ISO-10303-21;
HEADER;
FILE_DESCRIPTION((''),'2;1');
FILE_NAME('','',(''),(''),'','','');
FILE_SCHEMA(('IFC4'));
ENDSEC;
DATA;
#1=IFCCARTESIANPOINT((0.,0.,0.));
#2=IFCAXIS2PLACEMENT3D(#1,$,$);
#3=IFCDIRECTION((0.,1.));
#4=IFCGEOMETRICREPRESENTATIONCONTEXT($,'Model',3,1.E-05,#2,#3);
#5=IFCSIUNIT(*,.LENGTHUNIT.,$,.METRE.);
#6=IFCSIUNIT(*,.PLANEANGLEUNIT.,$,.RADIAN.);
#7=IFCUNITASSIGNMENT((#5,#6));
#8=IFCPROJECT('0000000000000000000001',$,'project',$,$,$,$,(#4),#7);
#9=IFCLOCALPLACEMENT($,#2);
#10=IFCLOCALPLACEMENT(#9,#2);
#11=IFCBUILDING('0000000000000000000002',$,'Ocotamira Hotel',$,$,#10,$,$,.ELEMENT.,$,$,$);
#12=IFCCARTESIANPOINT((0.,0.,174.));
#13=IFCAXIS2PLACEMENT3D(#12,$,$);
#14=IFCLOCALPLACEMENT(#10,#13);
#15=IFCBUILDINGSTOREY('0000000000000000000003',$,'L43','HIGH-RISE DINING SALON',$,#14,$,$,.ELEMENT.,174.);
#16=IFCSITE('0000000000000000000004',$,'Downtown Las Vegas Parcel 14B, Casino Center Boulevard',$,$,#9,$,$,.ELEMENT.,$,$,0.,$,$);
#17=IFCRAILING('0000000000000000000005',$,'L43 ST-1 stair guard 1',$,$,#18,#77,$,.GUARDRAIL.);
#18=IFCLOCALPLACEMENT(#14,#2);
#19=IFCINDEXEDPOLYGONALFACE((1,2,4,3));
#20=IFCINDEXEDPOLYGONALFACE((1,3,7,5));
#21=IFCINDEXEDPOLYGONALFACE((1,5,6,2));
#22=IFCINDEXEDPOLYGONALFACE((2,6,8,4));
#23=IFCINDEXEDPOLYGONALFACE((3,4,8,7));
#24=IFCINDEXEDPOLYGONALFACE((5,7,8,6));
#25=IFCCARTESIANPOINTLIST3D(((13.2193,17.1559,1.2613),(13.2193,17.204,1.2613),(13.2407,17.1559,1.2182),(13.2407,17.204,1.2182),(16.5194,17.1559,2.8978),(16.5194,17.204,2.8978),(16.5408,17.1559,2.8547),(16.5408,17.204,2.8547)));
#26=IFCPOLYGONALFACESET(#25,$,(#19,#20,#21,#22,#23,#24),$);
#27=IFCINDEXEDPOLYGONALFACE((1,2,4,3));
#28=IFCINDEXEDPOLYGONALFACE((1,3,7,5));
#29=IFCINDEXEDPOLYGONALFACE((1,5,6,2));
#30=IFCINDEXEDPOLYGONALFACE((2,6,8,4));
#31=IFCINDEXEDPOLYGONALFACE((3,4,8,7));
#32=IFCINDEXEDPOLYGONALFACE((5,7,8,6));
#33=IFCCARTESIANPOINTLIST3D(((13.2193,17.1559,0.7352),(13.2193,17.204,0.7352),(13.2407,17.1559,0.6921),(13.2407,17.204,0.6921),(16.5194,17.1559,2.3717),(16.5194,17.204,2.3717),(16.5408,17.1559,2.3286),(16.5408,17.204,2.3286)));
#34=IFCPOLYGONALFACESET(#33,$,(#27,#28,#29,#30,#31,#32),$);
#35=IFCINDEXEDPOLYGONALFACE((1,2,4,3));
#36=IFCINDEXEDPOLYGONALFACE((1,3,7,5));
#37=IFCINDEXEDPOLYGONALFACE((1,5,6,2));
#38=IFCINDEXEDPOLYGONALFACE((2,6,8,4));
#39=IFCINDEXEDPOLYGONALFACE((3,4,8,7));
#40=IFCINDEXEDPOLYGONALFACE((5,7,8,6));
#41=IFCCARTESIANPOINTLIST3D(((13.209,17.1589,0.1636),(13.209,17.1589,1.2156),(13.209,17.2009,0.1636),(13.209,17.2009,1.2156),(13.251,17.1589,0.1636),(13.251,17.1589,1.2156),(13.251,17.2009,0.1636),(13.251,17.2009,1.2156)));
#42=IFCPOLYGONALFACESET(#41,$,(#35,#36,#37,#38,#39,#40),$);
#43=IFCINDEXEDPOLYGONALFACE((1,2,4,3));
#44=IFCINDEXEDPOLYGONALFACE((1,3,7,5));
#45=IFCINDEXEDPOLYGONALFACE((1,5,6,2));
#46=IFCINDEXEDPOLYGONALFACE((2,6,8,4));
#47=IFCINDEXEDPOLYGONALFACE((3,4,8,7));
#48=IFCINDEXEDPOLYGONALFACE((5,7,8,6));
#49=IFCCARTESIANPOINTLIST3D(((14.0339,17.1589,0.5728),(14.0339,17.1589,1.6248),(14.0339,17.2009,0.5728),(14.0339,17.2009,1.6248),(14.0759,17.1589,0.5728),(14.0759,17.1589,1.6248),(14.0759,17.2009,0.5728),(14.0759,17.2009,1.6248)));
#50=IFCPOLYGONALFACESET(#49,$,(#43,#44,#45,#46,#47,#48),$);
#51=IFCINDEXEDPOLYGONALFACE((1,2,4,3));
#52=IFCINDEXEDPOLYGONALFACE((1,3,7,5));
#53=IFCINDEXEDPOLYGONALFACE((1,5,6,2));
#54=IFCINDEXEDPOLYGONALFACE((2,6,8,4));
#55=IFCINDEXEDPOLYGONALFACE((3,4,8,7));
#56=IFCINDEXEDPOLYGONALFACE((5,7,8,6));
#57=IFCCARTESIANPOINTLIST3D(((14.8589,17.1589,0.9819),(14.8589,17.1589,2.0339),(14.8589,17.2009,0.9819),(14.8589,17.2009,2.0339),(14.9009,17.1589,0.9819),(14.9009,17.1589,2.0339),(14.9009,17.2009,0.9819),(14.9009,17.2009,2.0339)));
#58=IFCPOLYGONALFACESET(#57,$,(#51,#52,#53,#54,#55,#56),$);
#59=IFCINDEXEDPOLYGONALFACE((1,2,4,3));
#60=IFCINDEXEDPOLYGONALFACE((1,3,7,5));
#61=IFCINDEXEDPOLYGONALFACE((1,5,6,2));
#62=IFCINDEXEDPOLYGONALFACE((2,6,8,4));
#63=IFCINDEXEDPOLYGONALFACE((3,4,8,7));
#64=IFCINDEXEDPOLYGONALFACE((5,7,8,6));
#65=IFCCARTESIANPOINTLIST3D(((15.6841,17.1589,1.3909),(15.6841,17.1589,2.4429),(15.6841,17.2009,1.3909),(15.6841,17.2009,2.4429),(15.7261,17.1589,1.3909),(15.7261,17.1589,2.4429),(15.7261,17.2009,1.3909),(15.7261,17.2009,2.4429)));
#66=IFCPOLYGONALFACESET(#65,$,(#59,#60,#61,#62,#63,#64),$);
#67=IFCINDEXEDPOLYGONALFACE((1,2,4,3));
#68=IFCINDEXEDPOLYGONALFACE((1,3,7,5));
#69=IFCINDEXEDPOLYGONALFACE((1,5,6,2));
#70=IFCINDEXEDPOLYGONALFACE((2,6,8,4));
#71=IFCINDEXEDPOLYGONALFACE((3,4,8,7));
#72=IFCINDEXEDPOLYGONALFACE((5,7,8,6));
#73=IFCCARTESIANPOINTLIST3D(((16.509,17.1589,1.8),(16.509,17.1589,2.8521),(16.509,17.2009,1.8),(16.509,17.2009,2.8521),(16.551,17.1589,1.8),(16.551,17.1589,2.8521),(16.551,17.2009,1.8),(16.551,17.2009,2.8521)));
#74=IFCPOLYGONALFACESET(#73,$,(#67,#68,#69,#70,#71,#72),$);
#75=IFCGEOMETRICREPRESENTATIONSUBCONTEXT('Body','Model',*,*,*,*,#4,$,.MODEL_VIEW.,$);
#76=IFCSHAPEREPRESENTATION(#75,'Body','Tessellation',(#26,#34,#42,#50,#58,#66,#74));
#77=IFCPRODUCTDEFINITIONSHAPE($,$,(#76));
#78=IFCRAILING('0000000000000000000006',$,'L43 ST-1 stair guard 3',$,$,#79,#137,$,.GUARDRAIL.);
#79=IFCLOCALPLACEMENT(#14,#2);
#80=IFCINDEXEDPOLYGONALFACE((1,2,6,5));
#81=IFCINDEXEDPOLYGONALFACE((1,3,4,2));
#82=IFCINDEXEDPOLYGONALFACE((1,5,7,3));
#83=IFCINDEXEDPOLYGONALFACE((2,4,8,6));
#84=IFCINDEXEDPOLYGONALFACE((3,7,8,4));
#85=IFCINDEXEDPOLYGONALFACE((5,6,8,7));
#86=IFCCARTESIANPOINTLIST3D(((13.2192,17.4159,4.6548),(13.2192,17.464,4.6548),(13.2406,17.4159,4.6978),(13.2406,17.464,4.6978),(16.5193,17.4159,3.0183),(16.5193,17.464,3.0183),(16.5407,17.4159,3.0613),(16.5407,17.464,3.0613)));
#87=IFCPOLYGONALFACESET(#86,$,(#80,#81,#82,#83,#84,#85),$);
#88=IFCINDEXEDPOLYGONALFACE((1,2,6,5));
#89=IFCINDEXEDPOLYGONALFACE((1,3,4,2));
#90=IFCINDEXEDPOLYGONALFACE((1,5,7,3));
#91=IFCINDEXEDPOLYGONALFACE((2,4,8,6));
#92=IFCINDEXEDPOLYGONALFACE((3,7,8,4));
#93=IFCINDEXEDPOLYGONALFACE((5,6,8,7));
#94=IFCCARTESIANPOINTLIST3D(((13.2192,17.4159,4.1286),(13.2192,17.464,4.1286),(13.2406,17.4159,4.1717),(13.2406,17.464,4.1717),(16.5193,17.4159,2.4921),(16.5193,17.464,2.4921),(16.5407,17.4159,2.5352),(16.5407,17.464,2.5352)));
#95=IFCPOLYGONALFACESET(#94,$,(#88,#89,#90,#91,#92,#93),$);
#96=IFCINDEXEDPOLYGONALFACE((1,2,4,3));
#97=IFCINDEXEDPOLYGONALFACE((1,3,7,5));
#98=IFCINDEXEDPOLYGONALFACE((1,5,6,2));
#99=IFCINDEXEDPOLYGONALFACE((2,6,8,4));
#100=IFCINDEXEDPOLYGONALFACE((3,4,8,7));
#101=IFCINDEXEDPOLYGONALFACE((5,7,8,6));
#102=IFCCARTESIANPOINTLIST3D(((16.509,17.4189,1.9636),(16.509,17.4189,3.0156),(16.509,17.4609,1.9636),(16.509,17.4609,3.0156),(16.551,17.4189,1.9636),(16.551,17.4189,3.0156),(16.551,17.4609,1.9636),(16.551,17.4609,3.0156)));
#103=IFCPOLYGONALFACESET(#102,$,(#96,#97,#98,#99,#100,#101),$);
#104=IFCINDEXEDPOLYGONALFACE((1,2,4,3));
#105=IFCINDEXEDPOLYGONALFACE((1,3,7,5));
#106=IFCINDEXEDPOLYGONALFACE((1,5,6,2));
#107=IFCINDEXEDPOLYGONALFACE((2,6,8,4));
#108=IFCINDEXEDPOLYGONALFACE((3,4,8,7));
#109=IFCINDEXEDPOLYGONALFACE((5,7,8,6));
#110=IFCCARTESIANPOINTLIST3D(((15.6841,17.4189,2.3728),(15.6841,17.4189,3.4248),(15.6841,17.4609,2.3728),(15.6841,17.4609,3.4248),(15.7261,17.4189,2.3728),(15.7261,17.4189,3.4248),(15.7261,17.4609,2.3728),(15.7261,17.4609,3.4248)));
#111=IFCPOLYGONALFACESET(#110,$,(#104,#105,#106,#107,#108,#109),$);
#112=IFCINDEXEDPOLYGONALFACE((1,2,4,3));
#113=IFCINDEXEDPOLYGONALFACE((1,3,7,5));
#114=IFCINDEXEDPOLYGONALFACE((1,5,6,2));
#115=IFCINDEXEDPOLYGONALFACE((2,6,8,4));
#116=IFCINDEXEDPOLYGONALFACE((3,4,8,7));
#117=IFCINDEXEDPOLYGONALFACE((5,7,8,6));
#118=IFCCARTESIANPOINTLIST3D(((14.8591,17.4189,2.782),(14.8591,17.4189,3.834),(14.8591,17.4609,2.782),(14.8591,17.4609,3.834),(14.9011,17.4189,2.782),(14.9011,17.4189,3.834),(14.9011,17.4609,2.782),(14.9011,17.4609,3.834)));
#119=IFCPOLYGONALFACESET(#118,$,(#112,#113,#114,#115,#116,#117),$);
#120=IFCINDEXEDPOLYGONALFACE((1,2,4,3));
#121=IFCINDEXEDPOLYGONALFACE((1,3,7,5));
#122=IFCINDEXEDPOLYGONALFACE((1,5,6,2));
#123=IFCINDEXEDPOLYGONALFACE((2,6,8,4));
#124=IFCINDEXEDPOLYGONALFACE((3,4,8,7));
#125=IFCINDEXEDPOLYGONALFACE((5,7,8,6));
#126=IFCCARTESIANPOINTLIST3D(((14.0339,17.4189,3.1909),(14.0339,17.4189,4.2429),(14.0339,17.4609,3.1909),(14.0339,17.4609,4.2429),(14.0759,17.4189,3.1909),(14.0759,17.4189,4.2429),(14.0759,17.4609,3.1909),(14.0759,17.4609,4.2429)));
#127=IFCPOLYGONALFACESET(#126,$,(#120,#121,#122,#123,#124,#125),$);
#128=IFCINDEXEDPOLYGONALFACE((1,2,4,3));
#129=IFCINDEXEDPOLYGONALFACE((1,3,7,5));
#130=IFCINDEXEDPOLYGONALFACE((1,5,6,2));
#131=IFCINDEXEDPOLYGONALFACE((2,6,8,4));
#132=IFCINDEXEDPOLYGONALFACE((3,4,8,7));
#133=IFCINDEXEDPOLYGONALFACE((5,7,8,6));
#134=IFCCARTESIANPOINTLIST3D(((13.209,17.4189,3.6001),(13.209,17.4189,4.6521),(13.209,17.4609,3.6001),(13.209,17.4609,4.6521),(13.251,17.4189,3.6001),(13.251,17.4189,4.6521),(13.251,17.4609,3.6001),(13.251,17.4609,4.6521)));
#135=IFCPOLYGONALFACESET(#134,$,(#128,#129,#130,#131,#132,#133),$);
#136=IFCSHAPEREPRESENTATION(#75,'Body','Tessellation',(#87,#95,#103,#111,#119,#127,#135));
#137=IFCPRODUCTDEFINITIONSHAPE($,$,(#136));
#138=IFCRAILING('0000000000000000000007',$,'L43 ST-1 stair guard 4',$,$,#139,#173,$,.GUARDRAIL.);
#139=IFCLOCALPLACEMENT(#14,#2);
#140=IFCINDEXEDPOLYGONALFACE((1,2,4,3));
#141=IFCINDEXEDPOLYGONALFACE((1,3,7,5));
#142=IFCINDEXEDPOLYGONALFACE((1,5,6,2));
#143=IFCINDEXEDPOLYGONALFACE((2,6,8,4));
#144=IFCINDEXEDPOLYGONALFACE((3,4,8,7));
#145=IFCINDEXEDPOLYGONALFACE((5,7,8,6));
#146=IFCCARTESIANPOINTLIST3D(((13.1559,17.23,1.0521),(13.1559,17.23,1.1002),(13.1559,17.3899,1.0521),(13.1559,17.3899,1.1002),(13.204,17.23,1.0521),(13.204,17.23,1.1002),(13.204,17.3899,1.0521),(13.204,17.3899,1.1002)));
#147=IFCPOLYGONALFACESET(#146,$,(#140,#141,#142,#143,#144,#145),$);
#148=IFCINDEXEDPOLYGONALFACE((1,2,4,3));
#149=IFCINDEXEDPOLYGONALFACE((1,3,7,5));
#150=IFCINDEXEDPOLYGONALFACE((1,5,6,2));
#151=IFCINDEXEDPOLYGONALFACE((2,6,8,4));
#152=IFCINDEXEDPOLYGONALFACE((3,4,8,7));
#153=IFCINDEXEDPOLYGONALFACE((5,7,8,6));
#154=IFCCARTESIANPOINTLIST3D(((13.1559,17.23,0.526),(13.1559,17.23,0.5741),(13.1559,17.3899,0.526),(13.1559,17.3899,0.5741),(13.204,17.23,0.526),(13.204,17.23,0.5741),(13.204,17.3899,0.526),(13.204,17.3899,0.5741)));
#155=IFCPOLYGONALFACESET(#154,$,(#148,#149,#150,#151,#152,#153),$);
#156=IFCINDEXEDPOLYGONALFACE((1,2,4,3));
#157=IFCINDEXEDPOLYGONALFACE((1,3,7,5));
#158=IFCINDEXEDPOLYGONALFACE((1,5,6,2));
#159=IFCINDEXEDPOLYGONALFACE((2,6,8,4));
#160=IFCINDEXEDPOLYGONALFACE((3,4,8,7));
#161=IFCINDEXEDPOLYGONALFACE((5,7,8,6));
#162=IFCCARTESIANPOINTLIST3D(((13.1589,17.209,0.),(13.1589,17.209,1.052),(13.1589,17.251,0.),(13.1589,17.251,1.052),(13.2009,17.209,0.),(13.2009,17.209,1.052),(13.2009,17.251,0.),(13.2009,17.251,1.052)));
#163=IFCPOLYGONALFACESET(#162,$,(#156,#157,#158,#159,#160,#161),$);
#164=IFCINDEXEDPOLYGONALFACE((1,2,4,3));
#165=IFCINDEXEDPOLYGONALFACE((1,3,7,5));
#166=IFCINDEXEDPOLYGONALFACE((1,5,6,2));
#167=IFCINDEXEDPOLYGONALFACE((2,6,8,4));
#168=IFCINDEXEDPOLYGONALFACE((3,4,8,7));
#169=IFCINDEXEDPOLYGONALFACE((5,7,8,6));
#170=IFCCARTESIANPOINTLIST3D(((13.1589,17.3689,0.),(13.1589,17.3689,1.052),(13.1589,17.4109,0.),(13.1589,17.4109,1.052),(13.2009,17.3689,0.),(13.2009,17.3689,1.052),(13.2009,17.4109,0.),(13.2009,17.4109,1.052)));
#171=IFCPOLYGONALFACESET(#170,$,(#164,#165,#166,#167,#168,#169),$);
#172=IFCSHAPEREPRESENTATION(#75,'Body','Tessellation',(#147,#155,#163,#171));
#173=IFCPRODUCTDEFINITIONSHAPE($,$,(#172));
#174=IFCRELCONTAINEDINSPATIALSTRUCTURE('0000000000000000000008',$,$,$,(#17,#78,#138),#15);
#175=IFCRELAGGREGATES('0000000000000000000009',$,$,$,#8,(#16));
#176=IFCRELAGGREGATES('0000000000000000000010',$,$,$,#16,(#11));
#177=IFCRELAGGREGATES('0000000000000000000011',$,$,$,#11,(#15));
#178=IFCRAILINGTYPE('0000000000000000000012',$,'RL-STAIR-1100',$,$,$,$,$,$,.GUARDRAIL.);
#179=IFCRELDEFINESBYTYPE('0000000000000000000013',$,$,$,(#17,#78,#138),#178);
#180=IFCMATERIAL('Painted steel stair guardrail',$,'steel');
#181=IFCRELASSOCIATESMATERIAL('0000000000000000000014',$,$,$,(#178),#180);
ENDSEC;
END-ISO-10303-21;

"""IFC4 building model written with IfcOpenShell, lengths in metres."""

from ifc_helpers import new_model, si_unit, direction, frame, origin, origin_2d, place, context, subcontext, project, spatial, rectangle, extrude, material, type_object, element, save


model = new_model("IFC4")

# Units and contexts
model_context = context("Model", 3, precision=1e-05, world=origin(), true_north=direction((0.0, 1.0)))
body_context = subcontext(model_context, "Body", "Model", "MODEL_VIEW")
ifc_project = project(units=[si_unit("LENGTHUNIT", "METRE"), si_unit("PLANEANGLEUNIT", "RADIAN")], contexts=[model_context])

# Site, building, storey
site_placement = place(None, origin())
site = spatial("IfcSite", under=ifc_project, at=site_placement, Name="Downtown Las Vegas Parcel 14B, Casino Center Boulevard", CompositionType="ELEMENT", RefElevation=0.0)
building_placement = place(site_placement, origin())
building = spatial("IfcBuilding", under=site, at=building_placement, Name="Ocotamira Hotel", CompositionType="ELEMENT")
storey_placement = place(building_placement, frame((0.0, 0.0, 174.0)))
storey = spatial("IfcBuildingStorey", under=building, at=storey_placement, Name="L43", Description="HIGH-RISE DINING SALON", CompositionType="ELEMENT", Elevation=174.0)

# Railings
ifc_material_1 = material(Name="Painted steel stair guardrail", Category="steel")
railing_type_1 = type_object("IfcRailingType", Name="RL-STAIR-1100", PredefinedType="GUARDRAIL", material=ifc_material_1)
railing_1_placement = place(storey_placement, frame((13.23, 17.1799, 0.1636)))
element("IfcRailing", 1, at=railing_1_placement, inside=storey, type_object=railing_type_1, Name="L43 ST-1 stair guard 1", PredefinedType="GUARDRAIL", context=body_context, shape_type="SweptSolid", body=[
    extrude(rectangle(XDim=0.0481, YDim=0.0481, at=origin_2d()), frame((0.0, 0.0, 1.0762), z_axis=(0.895894, 0.0, 0.444268), x_axis=(0.0, 1.0, 0.0)), (0.0, 0.0, 1.0), 3.6836),
    extrude(rectangle(XDim=0.0481, YDim=0.0481, at=origin_2d()), frame((0.0, 0.0, 0.55), z_axis=(0.895894, 0.0, 0.444268), x_axis=(0.0, 1.0, 0.0)), (0.0, 0.0, 1.0), 3.6836),
    extrude(rectangle(XDim=0.042, YDim=0.042, at=origin_2d()), origin(), (0.0, 0.0, 1.0), 1.052),
    extrude(rectangle(XDim=0.042, YDim=0.042, at=origin_2d()), frame((0.825, 0.0, 0.4092)), (0.0, 0.0, 1.0), 1.052),
    extrude(rectangle(XDim=0.042, YDim=0.042, at=origin_2d()), frame((1.6499, 0.0, 0.8184)), (0.0, 0.0, 1.0), 1.052),
    extrude(rectangle(XDim=0.042, YDim=0.042, at=origin_2d()), frame((2.4751, 0.0, 1.2273)), (0.0, 0.0, 1.0), 1.052),
    extrude(rectangle(XDim=0.042, YDim=0.042, at=origin_2d()), frame((3.3, 0.0, 1.6365)), (0.0, 0.0, 1.0), 1.052),
])
railing_2_placement = place(storey_placement, frame((16.53, 17.4399, 1.9636)))
element("IfcRailing", 2, at=railing_2_placement, inside=storey, type_object=railing_type_1, Name="L43 ST-1 stair guard 3", PredefinedType="GUARDRAIL", context=body_context, shape_type="SweptSolid", body=[
    extrude(rectangle(XDim=0.0481, YDim=0.0481, at=origin_2d()), frame((0.0, 0.0, 1.0762), z_axis=(-0.895894, 0.0, 0.444268), x_axis=(0.0, -1.0, 0.0)), (0.0, 0.0, 1.0), 3.6836),
    extrude(rectangle(XDim=0.0481, YDim=0.0481, at=origin_2d()), frame((0.0, 0.0, 0.55), z_axis=(-0.895894, 0.0, 0.444268), x_axis=(0.0, -1.0, 0.0)), (0.0, 0.0, 1.0), 3.6836),
    extrude(rectangle(XDim=0.042, YDim=0.042, at=origin_2d()), origin(), (0.0, 0.0, 1.0), 1.052),
    extrude(rectangle(XDim=0.042, YDim=0.042, at=origin_2d()), frame((-0.825, 0.0, 0.4092)), (0.0, 0.0, 1.0), 1.052),
    extrude(rectangle(XDim=0.042, YDim=0.042, at=origin_2d()), frame((-1.6499, 0.0, 0.8184)), (0.0, 0.0, 1.0), 1.052),
    extrude(rectangle(XDim=0.042, YDim=0.042, at=origin_2d()), frame((-2.4751, 0.0, 1.2273)), (0.0, 0.0, 1.0), 1.052),
    extrude(rectangle(XDim=0.042, YDim=0.042, at=origin_2d()), frame((-3.3, 0.0, 1.6365)), (0.0, 0.0, 1.0), 1.052),
])
railing_3_placement = place(storey_placement, frame((13.1799, 17.23, 0.0)))
element("IfcRailing", 3, at=railing_3_placement, inside=storey, type_object=railing_type_1, Name="L43 ST-1 stair guard 4", PredefinedType="GUARDRAIL", context=body_context, shape_type="SweptSolid", body=[
    extrude(rectangle(XDim=0.0481, YDim=0.0481, at=origin_2d()), frame((0.0, 0.0, 1.0762), z_axis=(0.0, 1.0, 0.0), x_axis=(-1.0, 0.0, 0.0)), (0.0, 0.0, 1.0), 0.1599),
    extrude(rectangle(XDim=0.0481, YDim=0.0481, at=origin_2d()), frame((0.0, 0.0, 0.55), z_axis=(0.0, 1.0, 0.0), x_axis=(-1.0, 0.0, 0.0)), (0.0, 0.0, 1.0), 0.1599),
    extrude(rectangle(XDim=0.042, YDim=0.042, at=origin_2d()), origin(), (0.0, 0.0, 1.0), 1.052),
    extrude(rectangle(XDim=0.042, YDim=0.042, at=origin_2d()), frame((0.0, 0.1599, 0.0)), (0.0, 0.0, 1.0), 1.052),
])

save(model, "model.ifc")
